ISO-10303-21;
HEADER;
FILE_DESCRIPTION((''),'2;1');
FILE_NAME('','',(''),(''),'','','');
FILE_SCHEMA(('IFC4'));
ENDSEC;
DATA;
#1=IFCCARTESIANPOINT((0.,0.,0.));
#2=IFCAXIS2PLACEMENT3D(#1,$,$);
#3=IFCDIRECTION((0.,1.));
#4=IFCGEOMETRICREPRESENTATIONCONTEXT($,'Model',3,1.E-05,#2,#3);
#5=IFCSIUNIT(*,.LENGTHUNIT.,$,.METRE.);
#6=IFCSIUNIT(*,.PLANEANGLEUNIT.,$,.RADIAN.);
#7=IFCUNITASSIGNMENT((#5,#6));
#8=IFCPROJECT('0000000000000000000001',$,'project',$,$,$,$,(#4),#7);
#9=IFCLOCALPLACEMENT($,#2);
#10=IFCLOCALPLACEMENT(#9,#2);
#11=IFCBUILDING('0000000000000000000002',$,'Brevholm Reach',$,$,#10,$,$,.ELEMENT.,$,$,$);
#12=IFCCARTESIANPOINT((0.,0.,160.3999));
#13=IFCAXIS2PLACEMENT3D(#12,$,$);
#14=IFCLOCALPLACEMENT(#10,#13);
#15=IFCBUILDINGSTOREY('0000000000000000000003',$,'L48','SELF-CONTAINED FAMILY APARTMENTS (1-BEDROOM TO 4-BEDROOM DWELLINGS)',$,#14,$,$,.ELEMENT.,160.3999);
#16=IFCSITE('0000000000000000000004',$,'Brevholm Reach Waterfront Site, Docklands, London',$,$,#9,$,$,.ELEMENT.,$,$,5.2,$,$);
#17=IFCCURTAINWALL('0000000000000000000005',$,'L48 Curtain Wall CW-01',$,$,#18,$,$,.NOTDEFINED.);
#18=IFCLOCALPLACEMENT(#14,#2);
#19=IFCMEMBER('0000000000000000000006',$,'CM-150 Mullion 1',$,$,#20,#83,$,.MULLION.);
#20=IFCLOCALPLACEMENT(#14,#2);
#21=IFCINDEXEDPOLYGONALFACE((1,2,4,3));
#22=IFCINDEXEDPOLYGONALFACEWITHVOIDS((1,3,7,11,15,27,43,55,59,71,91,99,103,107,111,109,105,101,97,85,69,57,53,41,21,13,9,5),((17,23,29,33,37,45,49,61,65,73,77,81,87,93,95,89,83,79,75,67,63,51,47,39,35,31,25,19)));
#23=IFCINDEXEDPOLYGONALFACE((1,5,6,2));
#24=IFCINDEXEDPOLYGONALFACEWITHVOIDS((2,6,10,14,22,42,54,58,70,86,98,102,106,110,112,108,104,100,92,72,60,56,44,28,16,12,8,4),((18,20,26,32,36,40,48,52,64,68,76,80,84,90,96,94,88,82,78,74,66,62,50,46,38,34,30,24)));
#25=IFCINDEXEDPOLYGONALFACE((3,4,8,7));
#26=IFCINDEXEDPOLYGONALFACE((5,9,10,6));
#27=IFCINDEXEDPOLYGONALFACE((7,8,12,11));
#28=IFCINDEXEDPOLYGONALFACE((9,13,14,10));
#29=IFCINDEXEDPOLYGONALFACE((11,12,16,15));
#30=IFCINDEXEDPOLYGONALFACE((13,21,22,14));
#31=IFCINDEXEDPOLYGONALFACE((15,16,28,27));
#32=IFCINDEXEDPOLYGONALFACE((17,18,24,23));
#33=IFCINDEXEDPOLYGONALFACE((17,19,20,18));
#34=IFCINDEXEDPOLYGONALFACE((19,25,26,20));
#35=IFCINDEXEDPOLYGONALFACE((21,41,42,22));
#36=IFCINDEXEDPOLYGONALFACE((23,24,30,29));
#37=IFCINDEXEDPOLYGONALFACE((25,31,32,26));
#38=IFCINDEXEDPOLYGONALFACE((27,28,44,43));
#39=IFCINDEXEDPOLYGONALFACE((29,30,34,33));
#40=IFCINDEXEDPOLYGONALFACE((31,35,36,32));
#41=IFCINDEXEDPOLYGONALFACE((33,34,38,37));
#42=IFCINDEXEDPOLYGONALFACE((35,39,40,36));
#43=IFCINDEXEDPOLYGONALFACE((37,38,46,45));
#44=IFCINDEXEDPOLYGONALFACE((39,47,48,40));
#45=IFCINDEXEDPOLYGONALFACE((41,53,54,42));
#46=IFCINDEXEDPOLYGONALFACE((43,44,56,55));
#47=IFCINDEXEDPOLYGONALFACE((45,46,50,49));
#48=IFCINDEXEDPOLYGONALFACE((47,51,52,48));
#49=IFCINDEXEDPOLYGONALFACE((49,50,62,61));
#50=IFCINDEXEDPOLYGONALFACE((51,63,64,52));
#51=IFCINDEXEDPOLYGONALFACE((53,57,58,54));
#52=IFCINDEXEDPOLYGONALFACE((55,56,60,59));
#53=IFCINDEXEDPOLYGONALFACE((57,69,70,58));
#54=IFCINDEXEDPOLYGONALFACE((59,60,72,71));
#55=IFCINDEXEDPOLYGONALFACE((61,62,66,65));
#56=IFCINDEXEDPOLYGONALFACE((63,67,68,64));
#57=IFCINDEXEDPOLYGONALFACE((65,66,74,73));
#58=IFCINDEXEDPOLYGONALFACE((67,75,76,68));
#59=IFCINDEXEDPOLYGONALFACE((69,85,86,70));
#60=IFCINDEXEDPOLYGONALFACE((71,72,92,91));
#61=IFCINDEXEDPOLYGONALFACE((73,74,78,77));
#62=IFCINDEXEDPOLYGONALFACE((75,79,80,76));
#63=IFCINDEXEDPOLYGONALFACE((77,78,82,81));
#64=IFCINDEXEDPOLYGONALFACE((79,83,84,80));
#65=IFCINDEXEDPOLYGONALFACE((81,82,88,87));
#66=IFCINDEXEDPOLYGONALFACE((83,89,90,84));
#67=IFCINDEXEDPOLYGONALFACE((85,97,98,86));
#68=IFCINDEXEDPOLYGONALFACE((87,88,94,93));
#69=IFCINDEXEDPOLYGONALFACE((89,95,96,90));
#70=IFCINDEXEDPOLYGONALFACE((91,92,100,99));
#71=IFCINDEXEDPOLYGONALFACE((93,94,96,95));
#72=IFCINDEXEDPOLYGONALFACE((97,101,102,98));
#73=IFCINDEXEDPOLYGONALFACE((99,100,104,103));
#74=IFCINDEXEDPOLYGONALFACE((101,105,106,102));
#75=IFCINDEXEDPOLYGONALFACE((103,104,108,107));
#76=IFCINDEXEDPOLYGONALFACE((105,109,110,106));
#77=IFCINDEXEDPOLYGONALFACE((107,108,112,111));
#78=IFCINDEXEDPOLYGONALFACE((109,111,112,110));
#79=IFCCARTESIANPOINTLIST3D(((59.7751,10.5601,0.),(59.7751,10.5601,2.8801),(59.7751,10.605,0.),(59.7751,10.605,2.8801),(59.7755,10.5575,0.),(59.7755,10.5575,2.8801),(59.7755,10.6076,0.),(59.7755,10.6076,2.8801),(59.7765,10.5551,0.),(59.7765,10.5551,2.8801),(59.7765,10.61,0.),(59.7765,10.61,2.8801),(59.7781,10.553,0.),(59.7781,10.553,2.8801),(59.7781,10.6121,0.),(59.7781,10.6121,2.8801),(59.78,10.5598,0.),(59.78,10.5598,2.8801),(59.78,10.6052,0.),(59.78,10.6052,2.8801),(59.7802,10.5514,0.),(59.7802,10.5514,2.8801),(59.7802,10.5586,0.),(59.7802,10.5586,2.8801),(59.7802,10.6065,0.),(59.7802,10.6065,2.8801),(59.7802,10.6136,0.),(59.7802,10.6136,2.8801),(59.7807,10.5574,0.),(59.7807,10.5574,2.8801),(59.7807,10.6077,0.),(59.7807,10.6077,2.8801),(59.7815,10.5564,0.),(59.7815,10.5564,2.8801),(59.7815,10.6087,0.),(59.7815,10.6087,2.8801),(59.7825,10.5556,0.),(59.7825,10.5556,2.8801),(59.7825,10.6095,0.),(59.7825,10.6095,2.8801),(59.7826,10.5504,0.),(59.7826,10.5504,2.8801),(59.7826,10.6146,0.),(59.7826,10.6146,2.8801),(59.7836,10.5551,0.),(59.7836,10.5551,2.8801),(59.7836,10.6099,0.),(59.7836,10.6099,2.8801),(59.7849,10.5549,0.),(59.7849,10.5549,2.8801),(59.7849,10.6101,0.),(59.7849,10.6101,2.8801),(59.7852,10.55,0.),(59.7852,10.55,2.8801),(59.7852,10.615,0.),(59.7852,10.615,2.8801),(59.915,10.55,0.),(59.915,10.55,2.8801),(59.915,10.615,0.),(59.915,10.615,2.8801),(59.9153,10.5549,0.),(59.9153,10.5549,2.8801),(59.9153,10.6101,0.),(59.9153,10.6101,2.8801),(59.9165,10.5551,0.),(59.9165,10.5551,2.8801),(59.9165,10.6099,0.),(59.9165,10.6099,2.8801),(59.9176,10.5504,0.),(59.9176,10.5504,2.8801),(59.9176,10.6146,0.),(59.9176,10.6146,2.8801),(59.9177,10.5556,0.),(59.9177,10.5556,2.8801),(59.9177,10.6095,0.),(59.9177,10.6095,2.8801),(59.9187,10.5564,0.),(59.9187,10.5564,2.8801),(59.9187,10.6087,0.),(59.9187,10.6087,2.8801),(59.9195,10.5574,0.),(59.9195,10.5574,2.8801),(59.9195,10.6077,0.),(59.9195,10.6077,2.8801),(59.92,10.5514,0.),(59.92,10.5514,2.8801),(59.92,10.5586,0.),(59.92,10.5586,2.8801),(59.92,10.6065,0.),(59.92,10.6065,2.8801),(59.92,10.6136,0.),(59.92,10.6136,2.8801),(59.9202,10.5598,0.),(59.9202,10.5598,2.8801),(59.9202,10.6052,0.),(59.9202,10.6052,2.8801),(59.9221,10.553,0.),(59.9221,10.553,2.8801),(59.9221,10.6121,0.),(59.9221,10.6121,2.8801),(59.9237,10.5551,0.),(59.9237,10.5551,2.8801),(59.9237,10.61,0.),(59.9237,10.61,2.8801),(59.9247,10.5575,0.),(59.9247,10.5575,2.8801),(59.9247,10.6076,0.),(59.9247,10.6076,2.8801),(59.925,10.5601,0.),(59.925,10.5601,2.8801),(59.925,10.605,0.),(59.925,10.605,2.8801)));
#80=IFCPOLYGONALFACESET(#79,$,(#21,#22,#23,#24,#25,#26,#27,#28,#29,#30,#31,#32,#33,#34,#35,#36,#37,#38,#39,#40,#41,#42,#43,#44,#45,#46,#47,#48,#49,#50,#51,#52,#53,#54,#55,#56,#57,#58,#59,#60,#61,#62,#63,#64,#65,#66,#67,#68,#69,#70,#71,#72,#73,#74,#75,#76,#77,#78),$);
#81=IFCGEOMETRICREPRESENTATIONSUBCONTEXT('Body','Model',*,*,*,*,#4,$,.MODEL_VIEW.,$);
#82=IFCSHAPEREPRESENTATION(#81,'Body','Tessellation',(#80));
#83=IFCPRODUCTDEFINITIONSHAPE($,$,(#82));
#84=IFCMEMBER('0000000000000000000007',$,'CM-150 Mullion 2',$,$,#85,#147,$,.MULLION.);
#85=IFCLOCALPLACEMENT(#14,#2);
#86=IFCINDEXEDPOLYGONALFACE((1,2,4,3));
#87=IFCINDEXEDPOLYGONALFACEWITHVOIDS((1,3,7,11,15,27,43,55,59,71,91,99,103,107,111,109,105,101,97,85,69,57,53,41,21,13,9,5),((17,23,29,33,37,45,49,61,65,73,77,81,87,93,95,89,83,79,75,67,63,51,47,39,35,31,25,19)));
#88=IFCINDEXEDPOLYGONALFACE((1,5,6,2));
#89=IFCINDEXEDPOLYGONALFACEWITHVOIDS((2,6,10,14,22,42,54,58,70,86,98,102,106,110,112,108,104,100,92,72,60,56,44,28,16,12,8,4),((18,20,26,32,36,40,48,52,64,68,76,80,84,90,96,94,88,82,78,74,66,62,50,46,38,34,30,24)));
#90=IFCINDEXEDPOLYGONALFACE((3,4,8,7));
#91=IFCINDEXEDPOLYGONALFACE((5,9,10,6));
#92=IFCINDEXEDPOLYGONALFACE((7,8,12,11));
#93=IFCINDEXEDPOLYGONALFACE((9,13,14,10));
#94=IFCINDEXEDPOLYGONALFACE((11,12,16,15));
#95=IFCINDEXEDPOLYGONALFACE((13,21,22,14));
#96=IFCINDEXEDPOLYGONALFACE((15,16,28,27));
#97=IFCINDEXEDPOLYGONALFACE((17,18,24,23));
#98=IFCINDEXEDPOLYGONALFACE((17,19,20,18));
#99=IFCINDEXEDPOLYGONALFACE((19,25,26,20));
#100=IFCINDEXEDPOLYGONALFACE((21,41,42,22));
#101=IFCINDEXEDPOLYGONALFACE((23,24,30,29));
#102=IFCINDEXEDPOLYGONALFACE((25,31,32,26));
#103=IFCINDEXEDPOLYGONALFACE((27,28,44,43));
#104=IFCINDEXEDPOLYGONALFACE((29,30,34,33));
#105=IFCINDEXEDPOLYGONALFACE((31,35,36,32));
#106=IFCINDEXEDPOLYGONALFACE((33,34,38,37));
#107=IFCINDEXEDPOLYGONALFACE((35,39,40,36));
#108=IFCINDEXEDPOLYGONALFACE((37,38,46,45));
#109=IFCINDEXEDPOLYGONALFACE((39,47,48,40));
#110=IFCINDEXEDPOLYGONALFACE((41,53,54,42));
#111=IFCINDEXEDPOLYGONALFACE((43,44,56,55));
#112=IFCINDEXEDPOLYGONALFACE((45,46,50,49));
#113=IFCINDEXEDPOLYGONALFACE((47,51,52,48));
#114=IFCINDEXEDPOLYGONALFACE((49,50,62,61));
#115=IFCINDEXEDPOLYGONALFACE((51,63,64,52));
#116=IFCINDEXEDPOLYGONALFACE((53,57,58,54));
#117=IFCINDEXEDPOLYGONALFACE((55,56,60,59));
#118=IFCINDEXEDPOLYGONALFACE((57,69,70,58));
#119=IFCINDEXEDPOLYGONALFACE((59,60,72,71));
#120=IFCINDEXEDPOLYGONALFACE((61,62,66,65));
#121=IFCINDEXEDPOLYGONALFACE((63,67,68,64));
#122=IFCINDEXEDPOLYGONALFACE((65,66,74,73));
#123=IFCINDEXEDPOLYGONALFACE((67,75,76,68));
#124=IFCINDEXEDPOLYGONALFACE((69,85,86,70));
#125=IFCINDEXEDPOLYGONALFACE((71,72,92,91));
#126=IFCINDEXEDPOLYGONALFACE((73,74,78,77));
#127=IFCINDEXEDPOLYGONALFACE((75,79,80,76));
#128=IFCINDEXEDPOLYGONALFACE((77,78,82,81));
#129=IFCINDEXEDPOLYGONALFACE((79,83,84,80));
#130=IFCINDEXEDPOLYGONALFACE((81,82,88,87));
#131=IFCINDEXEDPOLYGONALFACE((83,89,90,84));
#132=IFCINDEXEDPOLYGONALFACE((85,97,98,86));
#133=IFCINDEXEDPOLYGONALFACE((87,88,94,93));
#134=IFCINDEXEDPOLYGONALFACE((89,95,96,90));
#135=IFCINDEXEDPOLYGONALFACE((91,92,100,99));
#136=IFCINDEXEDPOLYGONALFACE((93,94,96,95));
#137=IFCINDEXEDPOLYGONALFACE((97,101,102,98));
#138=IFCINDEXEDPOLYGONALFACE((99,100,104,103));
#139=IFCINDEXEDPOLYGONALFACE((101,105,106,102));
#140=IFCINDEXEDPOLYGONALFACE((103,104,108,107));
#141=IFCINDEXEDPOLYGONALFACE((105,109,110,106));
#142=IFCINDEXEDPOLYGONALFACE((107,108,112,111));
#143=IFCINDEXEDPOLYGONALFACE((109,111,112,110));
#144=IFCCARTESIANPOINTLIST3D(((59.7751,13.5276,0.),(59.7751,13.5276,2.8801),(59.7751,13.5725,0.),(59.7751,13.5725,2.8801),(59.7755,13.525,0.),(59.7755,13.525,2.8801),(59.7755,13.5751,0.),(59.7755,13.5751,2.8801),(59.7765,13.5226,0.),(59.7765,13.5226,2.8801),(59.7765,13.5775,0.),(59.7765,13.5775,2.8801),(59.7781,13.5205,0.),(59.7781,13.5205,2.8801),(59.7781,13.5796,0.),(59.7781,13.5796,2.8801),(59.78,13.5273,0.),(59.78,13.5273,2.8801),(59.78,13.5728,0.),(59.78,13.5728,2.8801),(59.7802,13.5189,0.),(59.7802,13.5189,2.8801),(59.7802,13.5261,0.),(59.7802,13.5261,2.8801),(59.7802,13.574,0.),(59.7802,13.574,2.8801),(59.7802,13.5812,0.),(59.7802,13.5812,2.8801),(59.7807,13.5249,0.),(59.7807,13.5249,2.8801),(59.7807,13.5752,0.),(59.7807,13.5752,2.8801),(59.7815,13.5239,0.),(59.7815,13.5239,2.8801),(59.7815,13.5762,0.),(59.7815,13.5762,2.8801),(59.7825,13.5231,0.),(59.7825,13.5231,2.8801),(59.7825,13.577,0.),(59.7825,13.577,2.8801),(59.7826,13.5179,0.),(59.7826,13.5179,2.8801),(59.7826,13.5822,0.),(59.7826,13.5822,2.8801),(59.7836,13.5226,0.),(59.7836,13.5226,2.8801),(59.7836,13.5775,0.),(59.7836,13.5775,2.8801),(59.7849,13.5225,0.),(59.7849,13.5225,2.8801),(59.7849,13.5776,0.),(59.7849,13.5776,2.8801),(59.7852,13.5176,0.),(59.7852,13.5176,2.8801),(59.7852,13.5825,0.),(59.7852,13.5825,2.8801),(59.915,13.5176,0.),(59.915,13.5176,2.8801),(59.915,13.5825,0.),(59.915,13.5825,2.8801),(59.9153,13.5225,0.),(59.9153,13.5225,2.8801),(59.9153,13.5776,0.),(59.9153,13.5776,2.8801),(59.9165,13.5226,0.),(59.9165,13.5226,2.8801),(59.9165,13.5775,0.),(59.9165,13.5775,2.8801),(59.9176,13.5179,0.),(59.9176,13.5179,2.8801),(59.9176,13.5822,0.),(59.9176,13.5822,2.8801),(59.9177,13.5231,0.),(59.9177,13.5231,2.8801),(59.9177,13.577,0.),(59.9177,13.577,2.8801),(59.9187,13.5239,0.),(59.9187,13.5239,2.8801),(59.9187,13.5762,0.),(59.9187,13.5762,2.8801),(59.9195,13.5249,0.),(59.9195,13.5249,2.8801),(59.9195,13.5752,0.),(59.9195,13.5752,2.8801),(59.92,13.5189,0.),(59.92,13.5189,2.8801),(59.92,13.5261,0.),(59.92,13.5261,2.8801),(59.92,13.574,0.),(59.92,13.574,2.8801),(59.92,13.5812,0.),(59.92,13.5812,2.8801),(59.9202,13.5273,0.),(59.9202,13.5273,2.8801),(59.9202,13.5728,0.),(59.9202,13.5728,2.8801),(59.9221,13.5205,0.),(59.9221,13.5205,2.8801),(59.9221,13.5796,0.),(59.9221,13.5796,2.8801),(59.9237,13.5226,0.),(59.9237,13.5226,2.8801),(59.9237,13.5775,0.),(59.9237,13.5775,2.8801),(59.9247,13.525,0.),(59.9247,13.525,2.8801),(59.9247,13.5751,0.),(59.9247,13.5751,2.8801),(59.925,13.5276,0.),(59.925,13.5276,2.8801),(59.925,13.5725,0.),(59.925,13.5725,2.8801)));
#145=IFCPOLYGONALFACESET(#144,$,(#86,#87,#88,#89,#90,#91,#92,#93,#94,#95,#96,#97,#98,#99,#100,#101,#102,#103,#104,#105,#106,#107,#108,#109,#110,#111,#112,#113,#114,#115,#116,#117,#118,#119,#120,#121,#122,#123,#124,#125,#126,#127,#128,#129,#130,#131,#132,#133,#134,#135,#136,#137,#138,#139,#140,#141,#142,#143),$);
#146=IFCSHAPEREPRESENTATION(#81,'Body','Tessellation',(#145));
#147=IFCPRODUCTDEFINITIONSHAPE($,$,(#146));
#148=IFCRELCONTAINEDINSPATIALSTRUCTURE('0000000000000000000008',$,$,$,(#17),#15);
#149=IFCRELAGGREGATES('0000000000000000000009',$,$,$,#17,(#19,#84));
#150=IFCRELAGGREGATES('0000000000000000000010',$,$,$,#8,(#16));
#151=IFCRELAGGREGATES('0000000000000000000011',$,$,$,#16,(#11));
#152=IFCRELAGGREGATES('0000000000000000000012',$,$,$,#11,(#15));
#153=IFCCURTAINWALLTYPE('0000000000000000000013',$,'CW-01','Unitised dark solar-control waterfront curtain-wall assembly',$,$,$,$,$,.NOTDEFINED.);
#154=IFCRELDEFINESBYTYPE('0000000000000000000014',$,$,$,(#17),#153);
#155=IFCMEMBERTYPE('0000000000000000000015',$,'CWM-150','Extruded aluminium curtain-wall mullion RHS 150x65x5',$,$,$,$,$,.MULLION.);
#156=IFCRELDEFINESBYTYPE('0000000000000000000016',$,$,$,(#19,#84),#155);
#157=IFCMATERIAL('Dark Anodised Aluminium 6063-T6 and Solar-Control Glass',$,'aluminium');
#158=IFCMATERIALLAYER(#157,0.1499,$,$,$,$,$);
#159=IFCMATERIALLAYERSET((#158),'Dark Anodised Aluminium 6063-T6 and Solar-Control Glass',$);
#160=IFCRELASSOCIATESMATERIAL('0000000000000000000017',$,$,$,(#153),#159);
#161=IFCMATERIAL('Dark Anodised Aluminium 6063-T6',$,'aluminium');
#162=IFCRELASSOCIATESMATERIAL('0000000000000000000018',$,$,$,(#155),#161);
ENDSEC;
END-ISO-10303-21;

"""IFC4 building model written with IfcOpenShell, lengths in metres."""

from ifc_helpers import new_model, si_unit, direction, frame, origin, origin_2d, place, context, subcontext, project, spatial, hollow_rectangle, extrude, material, layer, layer_set, material_profile, profile_set, type_object, element, aggregate, save


model = new_model("IFC4")

# Units and contexts
model_context = context("Model", 3, precision=1e-05, world=origin(), true_north=direction((0.0, 1.0)))
body_context = subcontext(model_context, "Body", "Model", "MODEL_VIEW")
ifc_project = project(units=[si_unit("LENGTHUNIT", "METRE"), si_unit("PLANEANGLEUNIT", "RADIAN")], contexts=[model_context])

# Site, building, storey
site_placement = place(None, origin())
site = spatial("IfcSite", under=ifc_project, at=site_placement, Name="Brevholm Reach Waterfront Site, Docklands, London", CompositionType="ELEMENT", RefElevation=5.2)
building_placement = place(site_placement, origin())
building = spatial("IfcBuilding", under=site, at=building_placement, Name="Brevholm Reach", CompositionType="ELEMENT")
storey_placement = place(building_placement, frame((0.0, 0.0, 160.3999)))
storey = spatial("IfcBuildingStorey", under=building, at=storey_placement, Name="L48", Description="SELF-CONTAINED FAMILY APARTMENTS (1-BEDROOM TO 4-BEDROOM DWELLINGS)", CompositionType="ELEMENT", Elevation=160.3999)

# Curtain wall, members
ifc_material_1 = material(Name="Dark Anodised Aluminium 6063-T6 and Solar-Control Glass", Category="aluminium")
ifc_layer_1 = layer(ifc_material_1, 0.1499)
ifc_layer_set_1 = layer_set([ifc_layer_1], Name="Dark Anodised Aluminium 6063-T6 and Solar-Control Glass")
curtain_wall_type = type_object("IfcCurtainWallType", Name="CW-01", Description="Unitised dark solar-control waterfront curtain-wall assembly", PredefinedType="NOTDEFINED", material=ifc_layer_set_1)
curtain_wall_placement = place(storey_placement, origin())
curtain_wall = element("IfcCurtainWall", 1, at=curtain_wall_placement, inside=storey, type_object=curtain_wall_type, Name="L48 Curtain Wall CW-01", PredefinedType="NOTDEFINED")
ifc_material_2 = material(Name="Dark Anodised Aluminium 6063-T6", Category="aluminium")
ifc_material_profile_1 = material_profile(ifc_material_2, hollow_rectangle(XDim=0.0649, YDim=0.1499, WallThickness=0.0049, InnerFilletRadius=0.0049, OuterFilletRadius=0.01, at=origin_2d()), Name="RHS 150x65x5")
ifc_profile_set_1 = profile_set([ifc_material_profile_1], Name="Dark Anodised Aluminium 6063-T6")
member_type_1 = type_object("IfcMemberType", Name="CWM-150", Description="Extruded aluminium curtain-wall mullion RHS 150x65x5", PredefinedType="MULLION", material=ifc_profile_set_1)
member_1_placement = place(storey_placement, frame((59.8501, 10.5825, 0.0), z_axis=(0.0, 0.0, 1.0), x_axis=(0.0, 1.0, 0.0)))
member_1 = element("IfcMember", 2, at=member_1_placement, type_object=member_type_1, Name="CM-150 Mullion 1", PredefinedType="MULLION", context=body_context, shape_type="SweptSolid", body=[
    extrude(hollow_rectangle(XDim=0.0649, YDim=0.1499, WallThickness=0.0049, InnerFilletRadius=0.0049, OuterFilletRadius=0.01, at=origin_2d()), origin(), (0.0, 0.0, 1.0), 2.8801),
])
member_2_placement = place(storey_placement, frame((59.8501, 13.55, 0.0), z_axis=(0.0, 0.0, 1.0), x_axis=(0.0, 1.0, 0.0)))
member_2 = element("IfcMember", 3, at=member_2_placement, type_object=member_type_1, Name="CM-150 Mullion 2", PredefinedType="MULLION", context=body_context, shape_type="SweptSolid", body=[
    extrude(hollow_rectangle(XDim=0.0649, YDim=0.1499, WallThickness=0.0049, InnerFilletRadius=0.0049, OuterFilletRadius=0.01, at=origin_2d()), origin(), (0.0, 0.0, 1.0), 2.8801),
])
aggregate(curtain_wall, [member_1, member_2])

save(model, "model.ifc")
